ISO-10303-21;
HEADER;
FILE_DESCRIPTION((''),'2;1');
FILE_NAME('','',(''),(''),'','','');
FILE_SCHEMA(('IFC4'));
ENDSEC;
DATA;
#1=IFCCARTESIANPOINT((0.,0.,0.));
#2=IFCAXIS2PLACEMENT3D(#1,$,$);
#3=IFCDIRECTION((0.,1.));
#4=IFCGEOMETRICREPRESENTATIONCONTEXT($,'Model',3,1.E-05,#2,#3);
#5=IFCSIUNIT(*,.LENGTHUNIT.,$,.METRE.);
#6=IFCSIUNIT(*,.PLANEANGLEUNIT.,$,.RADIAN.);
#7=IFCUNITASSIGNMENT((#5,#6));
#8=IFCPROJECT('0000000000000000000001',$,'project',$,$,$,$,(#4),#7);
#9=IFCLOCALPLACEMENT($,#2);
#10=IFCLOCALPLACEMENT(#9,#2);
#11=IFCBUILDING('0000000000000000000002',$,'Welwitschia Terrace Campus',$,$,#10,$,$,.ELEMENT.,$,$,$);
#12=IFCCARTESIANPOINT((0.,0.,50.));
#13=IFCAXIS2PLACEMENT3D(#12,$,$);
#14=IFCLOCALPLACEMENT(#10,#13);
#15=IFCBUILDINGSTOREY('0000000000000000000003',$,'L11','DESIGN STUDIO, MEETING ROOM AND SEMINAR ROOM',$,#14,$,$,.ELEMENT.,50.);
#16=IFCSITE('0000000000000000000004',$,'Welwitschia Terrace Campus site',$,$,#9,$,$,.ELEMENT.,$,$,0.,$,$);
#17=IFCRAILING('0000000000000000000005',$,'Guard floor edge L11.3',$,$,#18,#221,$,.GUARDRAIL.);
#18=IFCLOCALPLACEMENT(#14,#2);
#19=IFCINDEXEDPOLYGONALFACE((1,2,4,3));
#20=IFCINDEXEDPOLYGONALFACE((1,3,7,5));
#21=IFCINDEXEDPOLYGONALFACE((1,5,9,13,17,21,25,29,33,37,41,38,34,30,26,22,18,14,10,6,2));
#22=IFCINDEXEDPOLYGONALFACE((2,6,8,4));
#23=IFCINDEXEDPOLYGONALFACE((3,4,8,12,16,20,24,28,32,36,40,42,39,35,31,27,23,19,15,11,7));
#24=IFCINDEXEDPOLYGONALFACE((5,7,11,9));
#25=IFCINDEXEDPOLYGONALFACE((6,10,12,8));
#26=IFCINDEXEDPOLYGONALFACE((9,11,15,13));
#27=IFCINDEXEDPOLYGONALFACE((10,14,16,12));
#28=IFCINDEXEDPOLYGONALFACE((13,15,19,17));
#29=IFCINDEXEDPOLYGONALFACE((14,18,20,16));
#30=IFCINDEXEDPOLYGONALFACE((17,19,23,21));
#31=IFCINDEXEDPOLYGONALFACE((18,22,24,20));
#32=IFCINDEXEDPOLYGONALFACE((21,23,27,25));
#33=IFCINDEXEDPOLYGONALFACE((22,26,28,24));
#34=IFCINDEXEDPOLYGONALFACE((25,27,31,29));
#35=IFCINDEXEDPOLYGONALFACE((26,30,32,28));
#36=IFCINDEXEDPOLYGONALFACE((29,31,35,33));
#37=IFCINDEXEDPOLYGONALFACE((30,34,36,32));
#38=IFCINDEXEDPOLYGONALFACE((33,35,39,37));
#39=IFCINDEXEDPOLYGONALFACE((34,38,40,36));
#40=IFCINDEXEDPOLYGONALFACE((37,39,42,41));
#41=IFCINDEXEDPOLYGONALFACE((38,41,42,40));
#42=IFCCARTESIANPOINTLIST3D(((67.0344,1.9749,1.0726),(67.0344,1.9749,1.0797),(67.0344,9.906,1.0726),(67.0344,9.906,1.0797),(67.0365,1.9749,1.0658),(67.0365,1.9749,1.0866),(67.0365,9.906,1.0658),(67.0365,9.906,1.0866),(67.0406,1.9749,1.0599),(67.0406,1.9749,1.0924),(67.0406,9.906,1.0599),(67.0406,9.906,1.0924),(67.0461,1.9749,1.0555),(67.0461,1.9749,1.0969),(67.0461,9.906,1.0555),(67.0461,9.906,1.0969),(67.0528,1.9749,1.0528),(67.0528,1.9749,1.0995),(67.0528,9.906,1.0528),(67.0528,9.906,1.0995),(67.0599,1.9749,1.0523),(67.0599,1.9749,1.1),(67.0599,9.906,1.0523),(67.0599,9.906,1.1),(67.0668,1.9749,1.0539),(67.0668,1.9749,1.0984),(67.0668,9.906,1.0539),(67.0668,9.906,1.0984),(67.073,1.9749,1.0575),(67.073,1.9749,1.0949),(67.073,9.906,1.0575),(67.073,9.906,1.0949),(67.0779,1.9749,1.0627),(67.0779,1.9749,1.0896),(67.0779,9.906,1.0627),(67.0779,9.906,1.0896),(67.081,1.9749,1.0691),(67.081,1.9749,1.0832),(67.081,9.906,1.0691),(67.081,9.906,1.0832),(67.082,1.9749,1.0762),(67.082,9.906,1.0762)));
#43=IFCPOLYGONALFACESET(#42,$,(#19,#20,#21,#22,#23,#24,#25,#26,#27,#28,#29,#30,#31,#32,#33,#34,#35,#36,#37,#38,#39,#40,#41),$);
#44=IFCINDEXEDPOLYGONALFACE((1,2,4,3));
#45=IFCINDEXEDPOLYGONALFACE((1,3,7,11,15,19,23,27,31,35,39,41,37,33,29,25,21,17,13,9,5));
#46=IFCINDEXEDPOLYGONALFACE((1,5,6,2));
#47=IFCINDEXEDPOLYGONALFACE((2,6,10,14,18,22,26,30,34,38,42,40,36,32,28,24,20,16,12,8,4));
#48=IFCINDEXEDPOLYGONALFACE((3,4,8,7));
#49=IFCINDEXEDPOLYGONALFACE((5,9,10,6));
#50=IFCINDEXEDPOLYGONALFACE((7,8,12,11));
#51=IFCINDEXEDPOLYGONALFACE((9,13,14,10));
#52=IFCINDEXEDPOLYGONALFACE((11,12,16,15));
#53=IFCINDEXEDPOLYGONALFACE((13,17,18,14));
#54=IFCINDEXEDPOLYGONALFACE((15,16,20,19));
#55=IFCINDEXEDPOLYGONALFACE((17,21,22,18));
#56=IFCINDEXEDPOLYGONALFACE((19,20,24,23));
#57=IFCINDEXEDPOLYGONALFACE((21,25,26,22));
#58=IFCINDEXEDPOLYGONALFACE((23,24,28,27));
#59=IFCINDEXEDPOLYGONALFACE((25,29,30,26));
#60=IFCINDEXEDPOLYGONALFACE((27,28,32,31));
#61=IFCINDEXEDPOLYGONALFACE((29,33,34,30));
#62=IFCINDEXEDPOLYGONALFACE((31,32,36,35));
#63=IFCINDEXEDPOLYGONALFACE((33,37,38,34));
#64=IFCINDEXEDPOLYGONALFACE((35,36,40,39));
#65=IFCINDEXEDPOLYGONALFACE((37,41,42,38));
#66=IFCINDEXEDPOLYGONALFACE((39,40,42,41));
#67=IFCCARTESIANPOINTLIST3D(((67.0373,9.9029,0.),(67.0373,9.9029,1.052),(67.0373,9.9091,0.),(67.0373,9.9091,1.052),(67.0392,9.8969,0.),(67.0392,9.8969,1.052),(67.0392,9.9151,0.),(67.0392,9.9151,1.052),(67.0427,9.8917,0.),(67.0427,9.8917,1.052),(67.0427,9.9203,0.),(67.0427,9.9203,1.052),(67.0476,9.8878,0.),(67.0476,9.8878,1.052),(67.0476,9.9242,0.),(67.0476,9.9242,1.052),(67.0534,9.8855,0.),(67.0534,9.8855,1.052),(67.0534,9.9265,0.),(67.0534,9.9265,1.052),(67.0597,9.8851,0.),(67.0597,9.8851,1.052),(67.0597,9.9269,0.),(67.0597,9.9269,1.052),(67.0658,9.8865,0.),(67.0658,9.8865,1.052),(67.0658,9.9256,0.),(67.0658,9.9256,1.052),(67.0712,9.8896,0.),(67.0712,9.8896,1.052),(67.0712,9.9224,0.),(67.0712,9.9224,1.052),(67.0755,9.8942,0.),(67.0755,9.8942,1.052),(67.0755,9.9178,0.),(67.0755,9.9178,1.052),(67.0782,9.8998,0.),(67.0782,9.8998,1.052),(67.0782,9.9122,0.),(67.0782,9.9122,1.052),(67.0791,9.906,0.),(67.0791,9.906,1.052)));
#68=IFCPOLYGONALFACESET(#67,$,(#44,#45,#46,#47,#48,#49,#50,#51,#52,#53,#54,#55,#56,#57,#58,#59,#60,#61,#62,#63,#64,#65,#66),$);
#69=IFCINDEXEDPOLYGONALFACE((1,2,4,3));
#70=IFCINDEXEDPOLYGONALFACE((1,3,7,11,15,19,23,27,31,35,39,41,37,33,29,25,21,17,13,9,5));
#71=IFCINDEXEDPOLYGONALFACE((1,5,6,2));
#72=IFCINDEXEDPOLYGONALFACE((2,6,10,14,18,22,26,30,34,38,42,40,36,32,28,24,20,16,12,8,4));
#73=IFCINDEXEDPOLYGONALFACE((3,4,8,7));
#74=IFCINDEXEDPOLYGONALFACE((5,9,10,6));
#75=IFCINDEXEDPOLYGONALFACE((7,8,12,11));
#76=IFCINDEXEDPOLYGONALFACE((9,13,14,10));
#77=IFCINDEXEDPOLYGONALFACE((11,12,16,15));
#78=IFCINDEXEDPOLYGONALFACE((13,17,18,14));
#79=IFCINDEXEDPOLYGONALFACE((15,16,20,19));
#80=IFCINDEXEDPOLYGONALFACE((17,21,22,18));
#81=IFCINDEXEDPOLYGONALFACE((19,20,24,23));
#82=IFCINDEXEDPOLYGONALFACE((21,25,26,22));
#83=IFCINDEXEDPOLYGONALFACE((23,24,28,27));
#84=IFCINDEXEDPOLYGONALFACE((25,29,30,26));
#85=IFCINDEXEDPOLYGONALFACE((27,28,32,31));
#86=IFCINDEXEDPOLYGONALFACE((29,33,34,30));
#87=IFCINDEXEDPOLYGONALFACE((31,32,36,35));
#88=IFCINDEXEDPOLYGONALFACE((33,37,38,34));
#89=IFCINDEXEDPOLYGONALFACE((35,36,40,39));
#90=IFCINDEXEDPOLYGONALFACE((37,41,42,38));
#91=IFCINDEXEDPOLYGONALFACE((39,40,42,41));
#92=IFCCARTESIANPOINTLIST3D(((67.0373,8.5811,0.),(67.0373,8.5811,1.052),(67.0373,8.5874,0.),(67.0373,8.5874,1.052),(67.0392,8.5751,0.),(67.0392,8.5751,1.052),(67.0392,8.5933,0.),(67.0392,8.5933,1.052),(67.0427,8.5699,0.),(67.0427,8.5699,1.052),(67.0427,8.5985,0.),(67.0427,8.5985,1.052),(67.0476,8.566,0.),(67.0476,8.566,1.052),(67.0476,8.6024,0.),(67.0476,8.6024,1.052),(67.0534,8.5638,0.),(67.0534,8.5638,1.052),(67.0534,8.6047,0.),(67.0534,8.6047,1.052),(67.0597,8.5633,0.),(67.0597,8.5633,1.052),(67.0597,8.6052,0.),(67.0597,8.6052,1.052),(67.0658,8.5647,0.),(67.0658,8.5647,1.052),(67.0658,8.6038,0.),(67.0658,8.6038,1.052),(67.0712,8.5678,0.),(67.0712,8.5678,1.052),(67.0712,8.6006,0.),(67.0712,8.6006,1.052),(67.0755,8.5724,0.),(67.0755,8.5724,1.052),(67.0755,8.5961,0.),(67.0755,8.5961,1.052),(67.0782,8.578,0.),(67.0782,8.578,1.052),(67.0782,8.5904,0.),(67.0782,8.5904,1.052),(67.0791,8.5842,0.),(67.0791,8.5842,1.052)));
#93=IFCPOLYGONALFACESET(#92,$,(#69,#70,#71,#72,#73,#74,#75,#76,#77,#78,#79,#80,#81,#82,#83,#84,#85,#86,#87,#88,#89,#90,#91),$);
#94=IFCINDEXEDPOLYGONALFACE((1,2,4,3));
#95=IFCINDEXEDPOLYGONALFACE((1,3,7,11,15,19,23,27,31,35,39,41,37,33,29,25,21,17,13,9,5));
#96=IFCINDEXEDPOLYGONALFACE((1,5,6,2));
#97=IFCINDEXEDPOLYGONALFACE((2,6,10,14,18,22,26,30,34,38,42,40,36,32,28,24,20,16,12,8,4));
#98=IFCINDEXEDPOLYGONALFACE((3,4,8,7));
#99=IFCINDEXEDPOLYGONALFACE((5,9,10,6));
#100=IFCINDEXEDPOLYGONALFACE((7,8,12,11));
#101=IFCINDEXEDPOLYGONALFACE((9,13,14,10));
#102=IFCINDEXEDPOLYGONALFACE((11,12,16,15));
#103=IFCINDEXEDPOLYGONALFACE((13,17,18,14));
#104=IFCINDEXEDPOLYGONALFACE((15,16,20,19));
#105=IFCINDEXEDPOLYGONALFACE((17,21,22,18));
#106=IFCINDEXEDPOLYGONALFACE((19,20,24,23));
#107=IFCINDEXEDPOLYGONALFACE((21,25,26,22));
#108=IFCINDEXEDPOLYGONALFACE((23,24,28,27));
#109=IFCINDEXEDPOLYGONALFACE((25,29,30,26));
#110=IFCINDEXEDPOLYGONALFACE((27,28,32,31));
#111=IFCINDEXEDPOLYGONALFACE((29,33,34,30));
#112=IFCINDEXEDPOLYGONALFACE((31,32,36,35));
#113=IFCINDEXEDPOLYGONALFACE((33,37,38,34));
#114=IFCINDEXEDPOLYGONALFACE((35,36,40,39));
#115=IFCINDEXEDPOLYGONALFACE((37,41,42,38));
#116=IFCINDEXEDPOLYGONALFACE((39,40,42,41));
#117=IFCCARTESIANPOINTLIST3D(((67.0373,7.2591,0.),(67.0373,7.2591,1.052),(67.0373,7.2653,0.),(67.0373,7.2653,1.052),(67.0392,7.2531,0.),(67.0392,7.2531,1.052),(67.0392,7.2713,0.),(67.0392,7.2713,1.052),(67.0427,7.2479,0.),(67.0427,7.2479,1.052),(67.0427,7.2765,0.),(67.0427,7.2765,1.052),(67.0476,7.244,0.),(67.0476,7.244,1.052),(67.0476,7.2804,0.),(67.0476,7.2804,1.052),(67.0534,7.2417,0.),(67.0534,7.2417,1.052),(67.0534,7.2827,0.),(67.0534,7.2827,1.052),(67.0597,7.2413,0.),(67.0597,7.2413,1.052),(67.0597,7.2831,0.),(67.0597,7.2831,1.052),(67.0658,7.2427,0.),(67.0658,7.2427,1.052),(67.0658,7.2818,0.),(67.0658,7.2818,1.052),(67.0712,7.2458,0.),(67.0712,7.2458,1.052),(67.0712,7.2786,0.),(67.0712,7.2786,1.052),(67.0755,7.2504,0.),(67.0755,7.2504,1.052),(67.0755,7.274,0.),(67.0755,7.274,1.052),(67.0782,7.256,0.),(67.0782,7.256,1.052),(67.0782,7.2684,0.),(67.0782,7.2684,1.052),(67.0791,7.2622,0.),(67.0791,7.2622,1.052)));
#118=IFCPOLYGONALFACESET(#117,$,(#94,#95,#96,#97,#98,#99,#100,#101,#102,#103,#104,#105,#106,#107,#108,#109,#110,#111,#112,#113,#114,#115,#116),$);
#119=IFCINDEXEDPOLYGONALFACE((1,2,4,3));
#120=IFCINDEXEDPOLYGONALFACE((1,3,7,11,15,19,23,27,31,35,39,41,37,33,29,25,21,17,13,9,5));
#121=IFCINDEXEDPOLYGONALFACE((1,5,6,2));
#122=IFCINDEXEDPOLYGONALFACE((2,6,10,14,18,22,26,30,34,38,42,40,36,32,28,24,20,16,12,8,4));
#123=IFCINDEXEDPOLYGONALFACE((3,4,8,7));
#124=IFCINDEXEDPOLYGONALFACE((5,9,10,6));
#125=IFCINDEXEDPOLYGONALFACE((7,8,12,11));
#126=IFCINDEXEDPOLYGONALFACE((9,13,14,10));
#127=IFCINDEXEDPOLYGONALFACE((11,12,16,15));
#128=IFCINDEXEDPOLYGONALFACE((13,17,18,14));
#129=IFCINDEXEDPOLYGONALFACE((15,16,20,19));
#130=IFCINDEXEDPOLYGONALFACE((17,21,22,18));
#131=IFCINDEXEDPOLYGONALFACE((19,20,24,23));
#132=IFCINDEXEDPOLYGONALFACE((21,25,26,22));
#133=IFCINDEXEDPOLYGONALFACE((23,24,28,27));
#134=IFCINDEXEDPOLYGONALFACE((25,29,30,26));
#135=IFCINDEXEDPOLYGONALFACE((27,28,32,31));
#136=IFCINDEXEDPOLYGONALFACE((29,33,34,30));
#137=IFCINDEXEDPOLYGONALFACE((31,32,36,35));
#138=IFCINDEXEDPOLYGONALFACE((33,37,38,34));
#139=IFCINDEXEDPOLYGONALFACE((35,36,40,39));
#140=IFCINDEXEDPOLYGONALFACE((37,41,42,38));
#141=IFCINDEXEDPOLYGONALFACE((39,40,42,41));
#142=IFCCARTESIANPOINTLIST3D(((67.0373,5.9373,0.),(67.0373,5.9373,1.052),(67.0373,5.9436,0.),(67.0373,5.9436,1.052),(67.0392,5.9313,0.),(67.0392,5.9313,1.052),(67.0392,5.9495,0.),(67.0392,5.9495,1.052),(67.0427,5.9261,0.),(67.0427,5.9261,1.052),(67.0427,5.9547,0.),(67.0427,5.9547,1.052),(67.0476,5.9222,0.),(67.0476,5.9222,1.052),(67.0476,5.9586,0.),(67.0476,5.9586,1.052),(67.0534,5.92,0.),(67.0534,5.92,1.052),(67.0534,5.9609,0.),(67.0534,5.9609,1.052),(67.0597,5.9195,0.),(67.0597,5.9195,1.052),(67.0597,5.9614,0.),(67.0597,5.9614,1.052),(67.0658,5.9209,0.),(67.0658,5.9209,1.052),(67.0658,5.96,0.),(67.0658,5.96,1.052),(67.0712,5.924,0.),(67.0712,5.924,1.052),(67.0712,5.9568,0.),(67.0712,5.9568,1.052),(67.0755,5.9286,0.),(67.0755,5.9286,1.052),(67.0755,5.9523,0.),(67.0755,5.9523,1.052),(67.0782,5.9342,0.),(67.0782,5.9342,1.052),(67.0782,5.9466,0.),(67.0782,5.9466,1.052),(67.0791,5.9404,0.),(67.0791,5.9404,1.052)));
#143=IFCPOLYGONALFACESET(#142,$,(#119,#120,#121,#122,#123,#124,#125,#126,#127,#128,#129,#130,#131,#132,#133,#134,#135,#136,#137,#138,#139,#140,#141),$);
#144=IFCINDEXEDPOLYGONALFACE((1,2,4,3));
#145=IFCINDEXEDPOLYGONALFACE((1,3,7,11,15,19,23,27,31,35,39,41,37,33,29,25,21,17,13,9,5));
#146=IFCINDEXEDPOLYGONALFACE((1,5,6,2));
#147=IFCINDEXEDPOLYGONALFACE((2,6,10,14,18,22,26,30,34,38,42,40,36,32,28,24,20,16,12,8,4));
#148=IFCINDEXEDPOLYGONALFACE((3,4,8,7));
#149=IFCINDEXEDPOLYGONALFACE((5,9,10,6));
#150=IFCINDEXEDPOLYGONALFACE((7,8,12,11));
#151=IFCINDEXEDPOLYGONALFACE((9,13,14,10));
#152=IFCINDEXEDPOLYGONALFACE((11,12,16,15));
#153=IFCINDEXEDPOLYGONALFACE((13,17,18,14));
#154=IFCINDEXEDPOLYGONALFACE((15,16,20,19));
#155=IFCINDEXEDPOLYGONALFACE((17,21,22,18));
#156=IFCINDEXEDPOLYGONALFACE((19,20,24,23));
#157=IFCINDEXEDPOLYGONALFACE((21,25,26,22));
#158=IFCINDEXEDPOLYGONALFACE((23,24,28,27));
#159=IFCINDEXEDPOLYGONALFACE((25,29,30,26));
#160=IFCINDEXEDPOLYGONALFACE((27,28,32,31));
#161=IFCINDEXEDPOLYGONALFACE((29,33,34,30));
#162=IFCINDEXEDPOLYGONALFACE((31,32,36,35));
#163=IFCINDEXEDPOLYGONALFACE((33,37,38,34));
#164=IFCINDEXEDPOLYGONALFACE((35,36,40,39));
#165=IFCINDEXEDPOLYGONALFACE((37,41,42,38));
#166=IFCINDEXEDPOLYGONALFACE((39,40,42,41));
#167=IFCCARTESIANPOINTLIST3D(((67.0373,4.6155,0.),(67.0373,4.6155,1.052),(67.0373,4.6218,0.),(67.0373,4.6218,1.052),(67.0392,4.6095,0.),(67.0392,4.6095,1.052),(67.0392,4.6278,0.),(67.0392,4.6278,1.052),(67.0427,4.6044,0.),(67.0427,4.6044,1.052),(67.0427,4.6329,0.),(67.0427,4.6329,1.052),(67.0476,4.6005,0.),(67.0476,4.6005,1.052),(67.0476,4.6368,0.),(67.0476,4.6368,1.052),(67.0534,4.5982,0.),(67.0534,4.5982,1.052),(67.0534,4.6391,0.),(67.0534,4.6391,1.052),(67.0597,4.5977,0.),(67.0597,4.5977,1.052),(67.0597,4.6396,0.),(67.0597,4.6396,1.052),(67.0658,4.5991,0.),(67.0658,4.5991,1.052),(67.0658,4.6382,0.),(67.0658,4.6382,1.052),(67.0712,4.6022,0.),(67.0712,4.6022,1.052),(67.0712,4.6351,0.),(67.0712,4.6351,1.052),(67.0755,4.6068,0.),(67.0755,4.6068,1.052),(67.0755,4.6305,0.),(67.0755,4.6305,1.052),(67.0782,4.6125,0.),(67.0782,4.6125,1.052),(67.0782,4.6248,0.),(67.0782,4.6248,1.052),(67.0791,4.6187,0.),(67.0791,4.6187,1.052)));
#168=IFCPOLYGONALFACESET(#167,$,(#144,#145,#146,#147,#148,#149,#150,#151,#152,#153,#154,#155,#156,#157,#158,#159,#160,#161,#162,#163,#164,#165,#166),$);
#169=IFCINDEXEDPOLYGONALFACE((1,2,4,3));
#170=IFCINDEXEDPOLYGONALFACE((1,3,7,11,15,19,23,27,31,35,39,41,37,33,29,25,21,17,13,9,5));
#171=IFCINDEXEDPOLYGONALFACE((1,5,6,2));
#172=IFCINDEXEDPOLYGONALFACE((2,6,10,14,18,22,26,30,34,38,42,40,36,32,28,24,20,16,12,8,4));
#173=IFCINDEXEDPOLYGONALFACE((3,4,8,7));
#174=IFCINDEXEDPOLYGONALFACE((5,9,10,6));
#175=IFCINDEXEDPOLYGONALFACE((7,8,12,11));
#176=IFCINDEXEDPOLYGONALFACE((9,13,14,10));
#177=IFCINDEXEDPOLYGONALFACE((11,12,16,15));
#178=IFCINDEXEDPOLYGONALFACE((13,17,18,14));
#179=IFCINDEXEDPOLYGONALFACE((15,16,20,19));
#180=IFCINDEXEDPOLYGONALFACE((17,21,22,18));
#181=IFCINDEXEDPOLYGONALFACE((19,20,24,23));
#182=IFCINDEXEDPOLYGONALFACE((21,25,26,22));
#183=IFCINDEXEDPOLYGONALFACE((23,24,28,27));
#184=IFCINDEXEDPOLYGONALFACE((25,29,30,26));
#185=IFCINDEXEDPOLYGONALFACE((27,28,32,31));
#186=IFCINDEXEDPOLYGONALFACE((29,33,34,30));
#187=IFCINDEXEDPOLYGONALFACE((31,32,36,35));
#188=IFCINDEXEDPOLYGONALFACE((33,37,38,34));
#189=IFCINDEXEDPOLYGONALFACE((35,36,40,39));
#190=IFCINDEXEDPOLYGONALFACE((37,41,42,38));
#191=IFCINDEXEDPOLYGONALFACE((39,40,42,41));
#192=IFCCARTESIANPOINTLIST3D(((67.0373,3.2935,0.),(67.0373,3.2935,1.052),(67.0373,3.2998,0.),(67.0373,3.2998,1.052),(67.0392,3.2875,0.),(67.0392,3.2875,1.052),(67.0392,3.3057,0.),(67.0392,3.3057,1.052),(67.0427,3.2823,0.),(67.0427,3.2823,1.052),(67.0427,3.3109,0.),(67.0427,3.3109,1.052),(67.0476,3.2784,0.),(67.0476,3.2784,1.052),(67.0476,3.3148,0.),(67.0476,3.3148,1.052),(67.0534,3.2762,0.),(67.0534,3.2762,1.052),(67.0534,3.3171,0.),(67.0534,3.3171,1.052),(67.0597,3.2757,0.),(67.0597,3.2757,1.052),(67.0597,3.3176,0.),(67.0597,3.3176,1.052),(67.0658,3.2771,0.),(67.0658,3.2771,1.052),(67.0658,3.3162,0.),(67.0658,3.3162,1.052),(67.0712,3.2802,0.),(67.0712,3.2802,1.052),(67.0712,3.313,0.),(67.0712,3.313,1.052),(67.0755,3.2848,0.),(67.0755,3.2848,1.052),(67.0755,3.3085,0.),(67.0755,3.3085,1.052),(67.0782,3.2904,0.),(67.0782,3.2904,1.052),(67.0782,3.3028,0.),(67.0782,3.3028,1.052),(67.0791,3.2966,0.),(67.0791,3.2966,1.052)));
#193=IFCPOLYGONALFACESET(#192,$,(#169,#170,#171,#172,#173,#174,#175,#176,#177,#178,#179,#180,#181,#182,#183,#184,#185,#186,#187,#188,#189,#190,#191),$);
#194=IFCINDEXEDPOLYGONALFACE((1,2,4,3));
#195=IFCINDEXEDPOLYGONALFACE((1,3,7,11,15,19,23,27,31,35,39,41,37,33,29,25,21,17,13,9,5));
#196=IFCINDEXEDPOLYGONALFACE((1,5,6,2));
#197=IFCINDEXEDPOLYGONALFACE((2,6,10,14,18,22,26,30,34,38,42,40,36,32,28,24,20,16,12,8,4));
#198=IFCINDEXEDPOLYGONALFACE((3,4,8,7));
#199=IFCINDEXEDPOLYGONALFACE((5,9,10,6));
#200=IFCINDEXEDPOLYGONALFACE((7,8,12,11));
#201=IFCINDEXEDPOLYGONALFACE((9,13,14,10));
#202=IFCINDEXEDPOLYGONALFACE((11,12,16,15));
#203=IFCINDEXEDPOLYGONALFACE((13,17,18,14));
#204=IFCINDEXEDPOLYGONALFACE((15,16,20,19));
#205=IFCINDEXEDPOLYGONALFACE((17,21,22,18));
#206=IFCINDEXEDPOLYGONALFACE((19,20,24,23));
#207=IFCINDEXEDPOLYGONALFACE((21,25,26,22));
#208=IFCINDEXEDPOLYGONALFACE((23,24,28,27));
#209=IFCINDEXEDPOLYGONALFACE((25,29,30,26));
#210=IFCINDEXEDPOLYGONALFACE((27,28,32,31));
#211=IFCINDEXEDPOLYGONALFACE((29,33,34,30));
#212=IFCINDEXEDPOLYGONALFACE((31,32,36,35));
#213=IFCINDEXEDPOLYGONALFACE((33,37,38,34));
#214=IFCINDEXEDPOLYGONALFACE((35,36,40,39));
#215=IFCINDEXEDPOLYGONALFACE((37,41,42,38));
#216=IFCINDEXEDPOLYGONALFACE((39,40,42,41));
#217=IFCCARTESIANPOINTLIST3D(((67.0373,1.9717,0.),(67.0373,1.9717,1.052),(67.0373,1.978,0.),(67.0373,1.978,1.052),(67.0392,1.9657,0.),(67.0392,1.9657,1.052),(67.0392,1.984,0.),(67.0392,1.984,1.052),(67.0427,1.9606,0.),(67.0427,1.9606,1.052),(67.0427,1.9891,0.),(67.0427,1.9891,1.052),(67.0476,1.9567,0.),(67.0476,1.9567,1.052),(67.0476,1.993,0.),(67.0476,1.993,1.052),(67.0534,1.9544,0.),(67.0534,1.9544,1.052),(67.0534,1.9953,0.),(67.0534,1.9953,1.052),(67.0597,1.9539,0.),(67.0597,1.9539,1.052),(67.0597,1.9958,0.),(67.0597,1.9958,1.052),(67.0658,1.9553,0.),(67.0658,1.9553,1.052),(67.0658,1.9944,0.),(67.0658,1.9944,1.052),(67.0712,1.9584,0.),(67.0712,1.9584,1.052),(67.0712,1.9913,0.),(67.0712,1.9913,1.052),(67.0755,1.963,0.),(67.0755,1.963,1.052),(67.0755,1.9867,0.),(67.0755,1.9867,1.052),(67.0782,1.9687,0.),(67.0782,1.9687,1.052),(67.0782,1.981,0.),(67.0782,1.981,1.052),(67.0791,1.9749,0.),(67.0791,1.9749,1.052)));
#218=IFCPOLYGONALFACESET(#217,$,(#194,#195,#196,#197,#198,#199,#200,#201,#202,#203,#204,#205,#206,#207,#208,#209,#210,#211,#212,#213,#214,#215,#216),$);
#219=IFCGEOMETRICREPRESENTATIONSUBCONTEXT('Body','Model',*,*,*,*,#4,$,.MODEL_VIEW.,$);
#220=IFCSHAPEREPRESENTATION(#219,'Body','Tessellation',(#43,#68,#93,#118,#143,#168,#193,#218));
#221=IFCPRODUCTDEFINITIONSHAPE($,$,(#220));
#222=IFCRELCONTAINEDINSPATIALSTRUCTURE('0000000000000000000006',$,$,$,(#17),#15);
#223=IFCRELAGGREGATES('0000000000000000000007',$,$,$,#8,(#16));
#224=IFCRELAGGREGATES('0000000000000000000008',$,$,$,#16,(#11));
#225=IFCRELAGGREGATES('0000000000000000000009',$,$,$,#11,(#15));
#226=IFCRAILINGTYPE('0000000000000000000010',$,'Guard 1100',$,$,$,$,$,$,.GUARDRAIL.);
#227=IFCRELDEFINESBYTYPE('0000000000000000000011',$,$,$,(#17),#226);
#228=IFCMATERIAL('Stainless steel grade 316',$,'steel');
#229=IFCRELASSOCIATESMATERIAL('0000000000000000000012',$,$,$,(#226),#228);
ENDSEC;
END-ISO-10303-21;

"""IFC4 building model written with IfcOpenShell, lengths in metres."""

from ifc_helpers import new_model, si_unit, direction, frame, origin, origin_2d, place, context, subcontext, project, spatial, circle, extrude, material, type_object, element, save


model = new_model("IFC4")

# Units and contexts
model_context = context("Model", 3, precision=1e-05, world=origin(), true_north=direction((0.0, 1.0)))
body_context = subcontext(model_context, "Body", "Model", "MODEL_VIEW")
ifc_project = project(units=[si_unit("LENGTHUNIT", "METRE"), si_unit("PLANEANGLEUNIT", "RADIAN")], contexts=[model_context])

# Site, building, storey
site_placement = place(None, origin())
site = spatial("IfcSite", under=ifc_project, at=site_placement, Name="Welwitschia Terrace Campus site", CompositionType="ELEMENT", RefElevation=0.0)
building_placement = place(site_placement, origin())
building = spatial("IfcBuilding", under=site, at=building_placement, Name="Welwitschia Terrace Campus", CompositionType="ELEMENT")
storey_placement = place(building_placement, frame((0.0, 0.0, 50.0)))
storey = spatial("IfcBuildingStorey", under=building, at=storey_placement, Name="L11", Description="DESIGN STUDIO, MEETING ROOM AND SEMINAR ROOM", CompositionType="ELEMENT", Elevation=50.0)

# Railing
ifc_material_1 = material(Name="Stainless steel grade 316", Category="steel")
railing_type = type_object("IfcRailingType", Name="Guard 1100", PredefinedType="GUARDRAIL", material=ifc_material_1)
railing_1_placement = place(storey_placement, frame((67.0581, 9.906, 0.0)))
element("IfcRailing", 1, at=railing_1_placement, inside=storey, type_object=railing_type, Name="Guard floor edge L11.3", PredefinedType="GUARDRAIL", context=body_context, shape_type="SweptSolid", body=[
    extrude(circle(Radius=0.0239, at=origin_2d()), frame((0.0, 0.0, 1.0762), z_axis=(0.0, -1.0, 0.0), x_axis=(1.0, 0.0, 0.0)), (0.0, 0.0, 1.0), 7.9312),
    extrude(circle(Radius=0.021, at=origin_2d()), origin(), (0.0, 0.0, 1.0), 1.052),
    extrude(circle(Radius=0.021, at=origin_2d()), frame((0.0, -1.3218, 0.0)), (0.0, 0.0, 1.0), 1.052),
    extrude(circle(Radius=0.021, at=origin_2d()), frame((0.0, -2.6438, 0.0)), (0.0, 0.0, 1.0), 1.052),
    extrude(circle(Radius=0.021, at=origin_2d()), frame((0.0, -3.9656, 0.0)), (0.0, 0.0, 1.0), 1.052),
    extrude(circle(Radius=0.021, at=origin_2d()), frame((0.0, -5.2874, 0.0)), (0.0, 0.0, 1.0), 1.052),
    extrude(circle(Radius=0.021, at=origin_2d()), frame((0.0, -6.6094, 0.0)), (0.0, 0.0, 1.0), 1.052),
    extrude(circle(Radius=0.021, at=origin_2d()), frame((0.0, -7.9312, 0.0)), (0.0, 0.0, 1.0), 1.052),
])

save(model, "model.ifc")
